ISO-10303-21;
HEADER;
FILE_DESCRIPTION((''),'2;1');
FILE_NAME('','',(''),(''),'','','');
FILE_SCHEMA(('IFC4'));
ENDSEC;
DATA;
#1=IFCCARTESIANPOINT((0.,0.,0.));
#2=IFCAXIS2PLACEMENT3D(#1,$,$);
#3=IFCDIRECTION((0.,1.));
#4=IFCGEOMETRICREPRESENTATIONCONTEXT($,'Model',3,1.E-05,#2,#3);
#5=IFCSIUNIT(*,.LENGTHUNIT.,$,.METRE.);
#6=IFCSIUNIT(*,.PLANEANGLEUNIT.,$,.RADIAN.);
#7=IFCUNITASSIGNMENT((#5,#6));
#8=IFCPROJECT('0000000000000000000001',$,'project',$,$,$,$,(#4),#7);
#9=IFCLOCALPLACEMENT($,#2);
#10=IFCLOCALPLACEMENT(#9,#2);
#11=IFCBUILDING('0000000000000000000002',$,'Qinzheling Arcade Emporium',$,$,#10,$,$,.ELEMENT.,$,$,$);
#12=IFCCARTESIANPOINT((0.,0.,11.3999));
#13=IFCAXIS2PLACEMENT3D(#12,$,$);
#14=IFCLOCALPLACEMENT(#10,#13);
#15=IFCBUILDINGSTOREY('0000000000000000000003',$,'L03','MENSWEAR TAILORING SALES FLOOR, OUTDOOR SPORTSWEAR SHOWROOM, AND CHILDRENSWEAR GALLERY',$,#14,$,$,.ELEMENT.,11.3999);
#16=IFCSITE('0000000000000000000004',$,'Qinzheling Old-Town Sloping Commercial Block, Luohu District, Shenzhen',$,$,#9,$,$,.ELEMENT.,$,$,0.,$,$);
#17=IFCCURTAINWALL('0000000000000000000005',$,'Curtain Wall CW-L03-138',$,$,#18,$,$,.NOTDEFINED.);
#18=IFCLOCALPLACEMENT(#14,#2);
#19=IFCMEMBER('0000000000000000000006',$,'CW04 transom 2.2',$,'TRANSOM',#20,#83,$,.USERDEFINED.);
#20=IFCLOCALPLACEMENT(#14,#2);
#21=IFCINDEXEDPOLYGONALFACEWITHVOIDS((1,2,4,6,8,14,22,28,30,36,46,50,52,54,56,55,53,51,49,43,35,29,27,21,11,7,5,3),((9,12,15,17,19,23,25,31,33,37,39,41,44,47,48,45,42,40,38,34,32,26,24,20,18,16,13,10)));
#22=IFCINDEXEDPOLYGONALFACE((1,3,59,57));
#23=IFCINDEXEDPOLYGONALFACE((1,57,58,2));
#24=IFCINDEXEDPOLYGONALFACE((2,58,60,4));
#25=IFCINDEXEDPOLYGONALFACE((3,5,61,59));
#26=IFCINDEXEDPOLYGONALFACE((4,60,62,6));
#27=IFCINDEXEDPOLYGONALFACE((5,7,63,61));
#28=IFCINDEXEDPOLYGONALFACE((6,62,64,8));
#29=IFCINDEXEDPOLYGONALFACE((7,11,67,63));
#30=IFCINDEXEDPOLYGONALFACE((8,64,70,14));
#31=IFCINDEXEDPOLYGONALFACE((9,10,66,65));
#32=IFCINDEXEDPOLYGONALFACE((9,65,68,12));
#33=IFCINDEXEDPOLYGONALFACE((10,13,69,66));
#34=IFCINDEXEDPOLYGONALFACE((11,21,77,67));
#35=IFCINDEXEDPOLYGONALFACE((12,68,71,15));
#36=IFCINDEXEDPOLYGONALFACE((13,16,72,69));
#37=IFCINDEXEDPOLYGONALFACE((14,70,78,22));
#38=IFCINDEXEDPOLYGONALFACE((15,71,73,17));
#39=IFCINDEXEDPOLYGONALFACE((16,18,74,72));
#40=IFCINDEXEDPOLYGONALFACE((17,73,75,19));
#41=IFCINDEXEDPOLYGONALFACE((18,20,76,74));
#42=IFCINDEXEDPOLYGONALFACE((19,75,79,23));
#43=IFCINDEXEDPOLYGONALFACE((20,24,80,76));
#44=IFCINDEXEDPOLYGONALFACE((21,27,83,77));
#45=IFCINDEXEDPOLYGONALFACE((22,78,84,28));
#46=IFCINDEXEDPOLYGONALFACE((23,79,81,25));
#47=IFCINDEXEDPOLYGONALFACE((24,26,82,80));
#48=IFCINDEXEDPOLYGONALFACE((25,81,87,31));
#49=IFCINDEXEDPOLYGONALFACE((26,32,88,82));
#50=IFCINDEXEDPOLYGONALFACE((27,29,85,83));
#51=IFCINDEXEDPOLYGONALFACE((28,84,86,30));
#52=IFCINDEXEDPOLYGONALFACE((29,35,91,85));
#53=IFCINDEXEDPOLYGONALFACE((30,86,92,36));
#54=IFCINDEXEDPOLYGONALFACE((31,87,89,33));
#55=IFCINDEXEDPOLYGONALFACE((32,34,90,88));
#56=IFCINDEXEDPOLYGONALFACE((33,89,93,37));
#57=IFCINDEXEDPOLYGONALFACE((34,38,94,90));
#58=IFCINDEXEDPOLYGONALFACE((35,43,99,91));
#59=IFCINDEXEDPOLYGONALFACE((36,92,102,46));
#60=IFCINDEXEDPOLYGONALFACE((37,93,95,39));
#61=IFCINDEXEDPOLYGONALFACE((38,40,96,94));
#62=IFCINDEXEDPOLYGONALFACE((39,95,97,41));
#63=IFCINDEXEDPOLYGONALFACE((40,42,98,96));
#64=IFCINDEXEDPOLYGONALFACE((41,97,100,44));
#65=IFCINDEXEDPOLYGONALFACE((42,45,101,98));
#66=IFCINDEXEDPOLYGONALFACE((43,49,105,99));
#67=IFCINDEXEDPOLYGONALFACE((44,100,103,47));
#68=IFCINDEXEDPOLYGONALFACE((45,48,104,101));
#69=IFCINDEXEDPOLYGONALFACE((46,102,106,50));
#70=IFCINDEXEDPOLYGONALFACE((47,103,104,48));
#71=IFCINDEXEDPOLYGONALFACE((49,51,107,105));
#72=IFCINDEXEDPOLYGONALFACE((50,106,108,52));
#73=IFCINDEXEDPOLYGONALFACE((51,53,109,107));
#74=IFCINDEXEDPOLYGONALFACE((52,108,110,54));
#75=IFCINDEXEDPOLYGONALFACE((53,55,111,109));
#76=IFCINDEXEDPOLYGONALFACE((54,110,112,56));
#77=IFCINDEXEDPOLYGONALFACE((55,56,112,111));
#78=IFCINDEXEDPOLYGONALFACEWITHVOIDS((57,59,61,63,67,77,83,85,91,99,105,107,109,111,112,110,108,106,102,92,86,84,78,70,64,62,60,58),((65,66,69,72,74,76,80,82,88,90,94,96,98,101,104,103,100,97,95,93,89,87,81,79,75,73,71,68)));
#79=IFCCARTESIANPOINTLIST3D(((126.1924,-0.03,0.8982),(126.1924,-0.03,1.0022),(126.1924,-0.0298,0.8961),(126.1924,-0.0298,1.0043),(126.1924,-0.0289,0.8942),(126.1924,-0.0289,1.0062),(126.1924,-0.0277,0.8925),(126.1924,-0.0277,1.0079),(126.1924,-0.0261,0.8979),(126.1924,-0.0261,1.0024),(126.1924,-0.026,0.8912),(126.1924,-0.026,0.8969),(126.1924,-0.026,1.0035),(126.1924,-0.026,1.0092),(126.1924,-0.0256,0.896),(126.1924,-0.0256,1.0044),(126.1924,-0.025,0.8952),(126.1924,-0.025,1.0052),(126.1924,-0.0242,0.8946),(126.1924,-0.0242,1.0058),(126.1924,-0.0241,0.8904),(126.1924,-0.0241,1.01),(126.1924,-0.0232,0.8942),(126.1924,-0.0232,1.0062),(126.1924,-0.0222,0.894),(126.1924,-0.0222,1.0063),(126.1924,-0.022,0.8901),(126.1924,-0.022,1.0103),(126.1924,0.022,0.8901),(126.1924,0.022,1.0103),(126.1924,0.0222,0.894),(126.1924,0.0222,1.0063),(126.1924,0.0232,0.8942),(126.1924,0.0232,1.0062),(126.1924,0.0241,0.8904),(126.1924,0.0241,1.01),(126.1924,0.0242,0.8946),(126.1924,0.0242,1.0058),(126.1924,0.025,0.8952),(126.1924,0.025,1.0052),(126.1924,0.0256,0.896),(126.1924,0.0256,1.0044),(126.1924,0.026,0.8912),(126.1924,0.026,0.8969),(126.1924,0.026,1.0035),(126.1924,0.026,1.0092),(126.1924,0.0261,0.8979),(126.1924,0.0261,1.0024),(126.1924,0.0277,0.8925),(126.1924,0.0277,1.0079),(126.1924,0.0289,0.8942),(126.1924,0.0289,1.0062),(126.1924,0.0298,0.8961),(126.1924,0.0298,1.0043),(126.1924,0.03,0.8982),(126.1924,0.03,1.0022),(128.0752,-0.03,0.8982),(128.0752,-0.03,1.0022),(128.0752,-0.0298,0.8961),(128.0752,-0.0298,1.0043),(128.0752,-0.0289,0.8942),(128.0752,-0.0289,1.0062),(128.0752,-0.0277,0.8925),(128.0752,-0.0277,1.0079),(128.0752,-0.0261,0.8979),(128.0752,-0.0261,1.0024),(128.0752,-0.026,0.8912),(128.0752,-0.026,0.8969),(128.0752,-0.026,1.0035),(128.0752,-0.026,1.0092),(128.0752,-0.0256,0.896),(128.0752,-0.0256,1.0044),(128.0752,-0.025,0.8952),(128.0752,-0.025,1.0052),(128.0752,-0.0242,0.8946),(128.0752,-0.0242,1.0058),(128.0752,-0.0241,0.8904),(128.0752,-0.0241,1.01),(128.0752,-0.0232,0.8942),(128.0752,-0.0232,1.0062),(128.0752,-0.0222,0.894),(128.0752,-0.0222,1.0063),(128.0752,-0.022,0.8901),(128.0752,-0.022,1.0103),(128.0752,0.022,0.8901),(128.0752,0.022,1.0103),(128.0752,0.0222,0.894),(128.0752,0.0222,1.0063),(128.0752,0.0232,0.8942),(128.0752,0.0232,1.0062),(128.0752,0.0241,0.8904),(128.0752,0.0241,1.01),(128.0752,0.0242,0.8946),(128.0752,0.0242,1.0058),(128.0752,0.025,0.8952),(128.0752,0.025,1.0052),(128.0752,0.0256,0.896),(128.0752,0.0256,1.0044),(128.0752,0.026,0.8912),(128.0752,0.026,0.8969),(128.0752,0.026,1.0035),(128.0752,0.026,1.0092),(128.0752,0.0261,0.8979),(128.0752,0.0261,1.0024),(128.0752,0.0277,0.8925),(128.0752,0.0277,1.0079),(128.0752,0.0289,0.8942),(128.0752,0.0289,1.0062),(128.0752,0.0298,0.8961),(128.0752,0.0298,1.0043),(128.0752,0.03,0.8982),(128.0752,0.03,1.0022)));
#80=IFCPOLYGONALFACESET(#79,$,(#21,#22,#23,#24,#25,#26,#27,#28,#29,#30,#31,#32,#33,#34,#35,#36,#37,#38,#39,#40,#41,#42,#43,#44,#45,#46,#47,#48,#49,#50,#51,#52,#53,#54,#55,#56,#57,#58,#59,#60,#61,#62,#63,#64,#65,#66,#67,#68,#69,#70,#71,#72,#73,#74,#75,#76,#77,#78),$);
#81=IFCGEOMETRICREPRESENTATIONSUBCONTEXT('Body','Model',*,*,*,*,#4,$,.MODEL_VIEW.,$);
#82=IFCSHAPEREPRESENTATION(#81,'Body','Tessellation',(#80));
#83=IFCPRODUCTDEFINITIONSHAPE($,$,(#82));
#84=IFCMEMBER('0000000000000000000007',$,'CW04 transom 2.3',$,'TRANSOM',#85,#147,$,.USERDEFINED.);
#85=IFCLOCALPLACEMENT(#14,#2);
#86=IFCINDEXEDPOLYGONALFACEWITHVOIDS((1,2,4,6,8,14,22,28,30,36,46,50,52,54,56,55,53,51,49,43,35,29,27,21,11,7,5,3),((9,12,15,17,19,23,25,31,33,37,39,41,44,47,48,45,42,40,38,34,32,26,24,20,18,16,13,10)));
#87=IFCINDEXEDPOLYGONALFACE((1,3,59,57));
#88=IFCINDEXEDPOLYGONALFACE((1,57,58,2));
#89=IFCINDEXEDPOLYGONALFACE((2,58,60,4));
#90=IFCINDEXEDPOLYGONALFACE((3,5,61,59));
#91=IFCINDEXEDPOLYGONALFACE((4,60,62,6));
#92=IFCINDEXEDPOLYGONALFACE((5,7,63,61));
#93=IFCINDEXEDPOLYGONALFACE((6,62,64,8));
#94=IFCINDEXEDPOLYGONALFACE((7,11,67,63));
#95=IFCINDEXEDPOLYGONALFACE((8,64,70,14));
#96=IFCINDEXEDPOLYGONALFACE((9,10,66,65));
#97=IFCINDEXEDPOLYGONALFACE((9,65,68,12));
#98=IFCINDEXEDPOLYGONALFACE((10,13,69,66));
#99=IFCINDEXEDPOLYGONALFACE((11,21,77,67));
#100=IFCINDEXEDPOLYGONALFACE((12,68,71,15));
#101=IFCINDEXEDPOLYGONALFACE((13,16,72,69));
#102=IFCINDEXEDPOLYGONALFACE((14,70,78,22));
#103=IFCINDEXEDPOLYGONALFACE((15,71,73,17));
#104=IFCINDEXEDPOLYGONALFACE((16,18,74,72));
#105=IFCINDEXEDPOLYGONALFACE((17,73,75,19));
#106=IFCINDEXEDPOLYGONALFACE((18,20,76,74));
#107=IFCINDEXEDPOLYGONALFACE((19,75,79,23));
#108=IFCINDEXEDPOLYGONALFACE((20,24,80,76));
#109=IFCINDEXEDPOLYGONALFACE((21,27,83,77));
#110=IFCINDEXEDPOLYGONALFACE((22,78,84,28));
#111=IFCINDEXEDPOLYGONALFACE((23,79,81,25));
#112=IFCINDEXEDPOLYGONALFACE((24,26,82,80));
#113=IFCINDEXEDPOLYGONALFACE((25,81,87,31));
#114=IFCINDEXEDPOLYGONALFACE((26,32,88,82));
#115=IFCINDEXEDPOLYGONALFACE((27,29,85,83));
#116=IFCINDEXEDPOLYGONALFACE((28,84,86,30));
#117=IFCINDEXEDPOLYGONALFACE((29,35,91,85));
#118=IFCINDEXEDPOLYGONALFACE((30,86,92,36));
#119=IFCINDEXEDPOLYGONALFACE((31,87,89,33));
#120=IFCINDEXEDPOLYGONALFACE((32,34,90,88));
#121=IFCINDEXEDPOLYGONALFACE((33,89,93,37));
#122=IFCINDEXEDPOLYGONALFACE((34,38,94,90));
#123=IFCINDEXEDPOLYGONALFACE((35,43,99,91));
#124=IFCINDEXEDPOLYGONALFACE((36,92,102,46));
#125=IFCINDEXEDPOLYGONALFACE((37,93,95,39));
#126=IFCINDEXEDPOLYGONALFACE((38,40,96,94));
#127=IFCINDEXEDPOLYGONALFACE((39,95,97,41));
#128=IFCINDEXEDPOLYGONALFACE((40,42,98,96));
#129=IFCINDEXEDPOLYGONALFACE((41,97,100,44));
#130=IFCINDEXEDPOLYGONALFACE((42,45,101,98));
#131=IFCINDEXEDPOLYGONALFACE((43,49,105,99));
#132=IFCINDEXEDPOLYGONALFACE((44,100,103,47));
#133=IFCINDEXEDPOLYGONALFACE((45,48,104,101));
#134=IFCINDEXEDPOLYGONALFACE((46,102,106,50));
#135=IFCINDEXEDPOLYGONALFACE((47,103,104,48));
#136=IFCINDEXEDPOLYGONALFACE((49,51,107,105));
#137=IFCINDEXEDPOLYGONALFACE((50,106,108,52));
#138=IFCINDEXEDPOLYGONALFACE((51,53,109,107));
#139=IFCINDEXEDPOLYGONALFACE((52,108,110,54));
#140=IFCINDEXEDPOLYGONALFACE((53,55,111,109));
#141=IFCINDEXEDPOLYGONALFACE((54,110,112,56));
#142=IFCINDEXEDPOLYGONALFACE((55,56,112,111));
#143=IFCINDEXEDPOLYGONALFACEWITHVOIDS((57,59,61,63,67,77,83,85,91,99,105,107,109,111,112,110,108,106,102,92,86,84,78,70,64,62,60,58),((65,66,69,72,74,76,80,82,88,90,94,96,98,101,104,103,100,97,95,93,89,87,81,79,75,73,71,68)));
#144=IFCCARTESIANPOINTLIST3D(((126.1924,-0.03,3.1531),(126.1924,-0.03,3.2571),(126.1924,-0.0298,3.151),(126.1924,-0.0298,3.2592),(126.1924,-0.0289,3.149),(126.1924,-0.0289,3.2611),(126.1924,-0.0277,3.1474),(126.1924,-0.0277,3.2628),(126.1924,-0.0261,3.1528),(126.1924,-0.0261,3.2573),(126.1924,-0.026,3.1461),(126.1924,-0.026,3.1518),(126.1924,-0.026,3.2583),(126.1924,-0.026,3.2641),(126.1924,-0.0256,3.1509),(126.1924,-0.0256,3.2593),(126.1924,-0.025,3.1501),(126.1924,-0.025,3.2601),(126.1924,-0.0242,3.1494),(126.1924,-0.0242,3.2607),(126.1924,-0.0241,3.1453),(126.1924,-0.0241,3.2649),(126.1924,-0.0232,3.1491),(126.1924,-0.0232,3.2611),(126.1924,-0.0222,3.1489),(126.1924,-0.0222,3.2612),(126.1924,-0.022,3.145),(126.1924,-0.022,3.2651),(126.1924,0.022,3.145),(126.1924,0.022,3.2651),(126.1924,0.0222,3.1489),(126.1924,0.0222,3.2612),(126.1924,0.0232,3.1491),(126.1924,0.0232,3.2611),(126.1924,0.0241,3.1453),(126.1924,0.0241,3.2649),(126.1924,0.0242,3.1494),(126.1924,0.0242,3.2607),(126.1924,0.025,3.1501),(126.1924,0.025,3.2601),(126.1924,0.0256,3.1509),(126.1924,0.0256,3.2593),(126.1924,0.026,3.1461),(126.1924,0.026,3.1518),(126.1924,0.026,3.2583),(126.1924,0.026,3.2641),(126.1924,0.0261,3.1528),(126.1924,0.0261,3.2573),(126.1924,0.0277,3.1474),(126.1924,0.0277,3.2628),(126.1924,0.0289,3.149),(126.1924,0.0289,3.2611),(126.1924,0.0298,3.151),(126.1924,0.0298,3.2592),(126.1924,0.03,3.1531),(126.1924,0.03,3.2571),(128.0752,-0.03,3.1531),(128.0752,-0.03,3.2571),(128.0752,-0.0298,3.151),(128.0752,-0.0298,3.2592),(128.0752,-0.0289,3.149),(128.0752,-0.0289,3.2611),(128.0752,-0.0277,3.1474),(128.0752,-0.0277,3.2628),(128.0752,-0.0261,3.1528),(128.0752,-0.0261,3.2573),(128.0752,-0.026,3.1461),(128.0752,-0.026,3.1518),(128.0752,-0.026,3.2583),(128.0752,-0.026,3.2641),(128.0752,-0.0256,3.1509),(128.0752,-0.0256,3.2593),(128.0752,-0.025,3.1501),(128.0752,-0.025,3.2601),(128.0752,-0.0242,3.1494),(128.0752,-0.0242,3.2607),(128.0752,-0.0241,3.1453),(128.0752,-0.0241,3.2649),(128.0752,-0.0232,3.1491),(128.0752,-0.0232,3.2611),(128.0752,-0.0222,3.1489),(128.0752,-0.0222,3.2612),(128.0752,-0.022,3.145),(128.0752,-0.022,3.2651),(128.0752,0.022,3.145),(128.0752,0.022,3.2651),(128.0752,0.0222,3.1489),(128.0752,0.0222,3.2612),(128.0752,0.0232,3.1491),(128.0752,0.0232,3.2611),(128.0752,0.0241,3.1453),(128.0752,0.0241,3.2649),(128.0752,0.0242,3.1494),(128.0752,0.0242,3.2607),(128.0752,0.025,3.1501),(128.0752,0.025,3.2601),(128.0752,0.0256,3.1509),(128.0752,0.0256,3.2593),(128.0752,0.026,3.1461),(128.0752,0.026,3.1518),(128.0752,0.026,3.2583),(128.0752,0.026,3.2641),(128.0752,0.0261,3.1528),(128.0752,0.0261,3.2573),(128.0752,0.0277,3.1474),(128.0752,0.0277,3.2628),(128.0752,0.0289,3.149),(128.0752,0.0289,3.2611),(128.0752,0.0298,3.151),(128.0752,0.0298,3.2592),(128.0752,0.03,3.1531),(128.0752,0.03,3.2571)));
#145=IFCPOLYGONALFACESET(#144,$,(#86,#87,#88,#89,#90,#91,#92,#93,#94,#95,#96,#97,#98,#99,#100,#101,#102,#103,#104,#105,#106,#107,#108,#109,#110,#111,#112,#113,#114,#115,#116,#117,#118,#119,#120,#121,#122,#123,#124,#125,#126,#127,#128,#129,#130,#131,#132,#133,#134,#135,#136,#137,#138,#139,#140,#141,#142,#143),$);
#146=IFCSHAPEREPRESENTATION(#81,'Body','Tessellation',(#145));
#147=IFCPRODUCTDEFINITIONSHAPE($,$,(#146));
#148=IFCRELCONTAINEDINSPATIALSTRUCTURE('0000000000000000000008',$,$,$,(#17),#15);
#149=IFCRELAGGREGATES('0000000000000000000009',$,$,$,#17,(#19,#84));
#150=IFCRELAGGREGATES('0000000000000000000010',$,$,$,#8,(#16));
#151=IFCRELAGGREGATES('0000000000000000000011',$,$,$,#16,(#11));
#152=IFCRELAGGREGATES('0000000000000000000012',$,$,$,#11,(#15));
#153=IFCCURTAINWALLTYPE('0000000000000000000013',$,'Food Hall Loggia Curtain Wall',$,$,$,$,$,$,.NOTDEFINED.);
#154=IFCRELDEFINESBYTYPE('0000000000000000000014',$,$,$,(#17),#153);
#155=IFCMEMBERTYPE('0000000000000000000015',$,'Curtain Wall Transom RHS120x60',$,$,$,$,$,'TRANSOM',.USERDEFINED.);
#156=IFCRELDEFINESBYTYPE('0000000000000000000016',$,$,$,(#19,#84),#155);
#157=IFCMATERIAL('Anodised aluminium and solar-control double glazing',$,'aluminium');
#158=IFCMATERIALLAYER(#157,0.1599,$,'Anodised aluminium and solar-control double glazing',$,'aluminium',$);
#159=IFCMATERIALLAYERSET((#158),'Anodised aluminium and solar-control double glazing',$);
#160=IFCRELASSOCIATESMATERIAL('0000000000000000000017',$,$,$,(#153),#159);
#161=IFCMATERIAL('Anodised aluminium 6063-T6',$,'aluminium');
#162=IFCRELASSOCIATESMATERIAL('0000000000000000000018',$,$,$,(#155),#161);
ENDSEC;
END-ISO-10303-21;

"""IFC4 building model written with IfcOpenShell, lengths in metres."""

from ifc_helpers import new_model, si_unit, direction, frame, origin, origin_2d, place, context, subcontext, project, spatial, hollow_rectangle, extrude, material, layer, layer_set, material_profile, profile_set, type_object, element, aggregate, save


model = new_model("IFC4")

# Units and contexts
model_context = context("Model", 3, precision=1e-05, world=origin(), true_north=direction((0.0, 1.0)))
body_context = subcontext(model_context, "Body", "Model", "MODEL_VIEW")
ifc_project = project(units=[si_unit("LENGTHUNIT", "METRE"), si_unit("PLANEANGLEUNIT", "RADIAN")], contexts=[model_context])

# Site, building, storey
site_placement = place(None, origin())
site = spatial("IfcSite", under=ifc_project, at=site_placement, Name="Qinzheling Old-Town Sloping Commercial Block, Luohu District, Shenzhen", CompositionType="ELEMENT", RefElevation=0.0)
building_placement = place(site_placement, origin())
building = spatial("IfcBuilding", under=site, at=building_placement, Name="Qinzheling Arcade Emporium", CompositionType="ELEMENT")
storey_placement = place(building_placement, frame((0.0, 0.0, 11.3999)))
storey = spatial("IfcBuildingStorey", under=building, at=storey_placement, Name="L03", Description="MENSWEAR TAILORING SALES FLOOR, OUTDOOR SPORTSWEAR SHOWROOM, AND CHILDRENSWEAR GALLERY", CompositionType="ELEMENT", Elevation=11.3999)

# Curtain wall, members
ifc_material_1 = material(Name="Anodised aluminium and solar-control double glazing", Category="aluminium")
ifc_layer_1 = layer(ifc_material_1, 0.1599, Name="Anodised aluminium and solar-control double glazing", Category="aluminium")
ifc_layer_set_1 = layer_set([ifc_layer_1], Name="Anodised aluminium and solar-control double glazing")
curtain_wall_type = type_object("IfcCurtainWallType", Name="Food Hall Loggia Curtain Wall", PredefinedType="NOTDEFINED", material=ifc_layer_set_1)
curtain_wall_placement = place(storey_placement, origin())
curtain_wall = element("IfcCurtainWall", 1, at=curtain_wall_placement, inside=storey, type_object=curtain_wall_type, Name="Curtain Wall CW-L03-138", PredefinedType="NOTDEFINED")
ifc_material_2 = material(Name="Anodised aluminium 6063-T6", Category="aluminium")
ifc_material_profile_1 = material_profile(ifc_material_2, hollow_rectangle(XDim=0.0601, YDim=0.1201, WallThickness=0.0039, InnerFilletRadius=0.0039, OuterFilletRadius=0.0081, at=origin_2d()), Name="RHS 120x60x4", Category="aluminium")
ifc_profile_set_1 = profile_set([ifc_material_profile_1], Name="Anodised aluminium 6063-T6")
member_type_1 = type_object("IfcMemberType", Name="Curtain Wall Transom RHS120x60", ElementType="TRANSOM", PredefinedType="USERDEFINED", material=ifc_profile_set_1)
member_1_placement = place(storey_placement, frame((128.0752, 0.0, 0.9502), z_axis=(-1.0, 0.0, 0.0), x_axis=(0.0, -1.0, 0.0)))
member_1 = element("IfcMember", 2, at=member_1_placement, type_object=member_type_1, Name="CW04 transom 2.2", ObjectType="TRANSOM", PredefinedType="USERDEFINED", context=body_context, shape_type="SweptSolid", body=[
    extrude(hollow_rectangle(XDim=0.0601, YDim=0.1201, WallThickness=0.0039, InnerFilletRadius=0.0039, OuterFilletRadius=0.0081, at=origin_2d()), origin(), (0.0, 0.0, 1.0), 1.8828),
])
member_2_placement = place(storey_placement, frame((128.0752, 0.0, 3.2051), z_axis=(-1.0, 0.0, 0.0), x_axis=(0.0, -1.0, 0.0)))
member_2 = element("IfcMember", 3, at=member_2_placement, type_object=member_type_1, Name="CW04 transom 2.3", ObjectType="TRANSOM", PredefinedType="USERDEFINED", context=body_context, shape_type="SweptSolid", body=[
    extrude(hollow_rectangle(XDim=0.0601, YDim=0.1201, WallThickness=0.0039, InnerFilletRadius=0.0039, OuterFilletRadius=0.0081, at=origin_2d()), origin(), (0.0, 0.0, 1.0), 1.8828),
])
aggregate(curtain_wall, [member_1, member_2])

save(model, "model.ifc")
